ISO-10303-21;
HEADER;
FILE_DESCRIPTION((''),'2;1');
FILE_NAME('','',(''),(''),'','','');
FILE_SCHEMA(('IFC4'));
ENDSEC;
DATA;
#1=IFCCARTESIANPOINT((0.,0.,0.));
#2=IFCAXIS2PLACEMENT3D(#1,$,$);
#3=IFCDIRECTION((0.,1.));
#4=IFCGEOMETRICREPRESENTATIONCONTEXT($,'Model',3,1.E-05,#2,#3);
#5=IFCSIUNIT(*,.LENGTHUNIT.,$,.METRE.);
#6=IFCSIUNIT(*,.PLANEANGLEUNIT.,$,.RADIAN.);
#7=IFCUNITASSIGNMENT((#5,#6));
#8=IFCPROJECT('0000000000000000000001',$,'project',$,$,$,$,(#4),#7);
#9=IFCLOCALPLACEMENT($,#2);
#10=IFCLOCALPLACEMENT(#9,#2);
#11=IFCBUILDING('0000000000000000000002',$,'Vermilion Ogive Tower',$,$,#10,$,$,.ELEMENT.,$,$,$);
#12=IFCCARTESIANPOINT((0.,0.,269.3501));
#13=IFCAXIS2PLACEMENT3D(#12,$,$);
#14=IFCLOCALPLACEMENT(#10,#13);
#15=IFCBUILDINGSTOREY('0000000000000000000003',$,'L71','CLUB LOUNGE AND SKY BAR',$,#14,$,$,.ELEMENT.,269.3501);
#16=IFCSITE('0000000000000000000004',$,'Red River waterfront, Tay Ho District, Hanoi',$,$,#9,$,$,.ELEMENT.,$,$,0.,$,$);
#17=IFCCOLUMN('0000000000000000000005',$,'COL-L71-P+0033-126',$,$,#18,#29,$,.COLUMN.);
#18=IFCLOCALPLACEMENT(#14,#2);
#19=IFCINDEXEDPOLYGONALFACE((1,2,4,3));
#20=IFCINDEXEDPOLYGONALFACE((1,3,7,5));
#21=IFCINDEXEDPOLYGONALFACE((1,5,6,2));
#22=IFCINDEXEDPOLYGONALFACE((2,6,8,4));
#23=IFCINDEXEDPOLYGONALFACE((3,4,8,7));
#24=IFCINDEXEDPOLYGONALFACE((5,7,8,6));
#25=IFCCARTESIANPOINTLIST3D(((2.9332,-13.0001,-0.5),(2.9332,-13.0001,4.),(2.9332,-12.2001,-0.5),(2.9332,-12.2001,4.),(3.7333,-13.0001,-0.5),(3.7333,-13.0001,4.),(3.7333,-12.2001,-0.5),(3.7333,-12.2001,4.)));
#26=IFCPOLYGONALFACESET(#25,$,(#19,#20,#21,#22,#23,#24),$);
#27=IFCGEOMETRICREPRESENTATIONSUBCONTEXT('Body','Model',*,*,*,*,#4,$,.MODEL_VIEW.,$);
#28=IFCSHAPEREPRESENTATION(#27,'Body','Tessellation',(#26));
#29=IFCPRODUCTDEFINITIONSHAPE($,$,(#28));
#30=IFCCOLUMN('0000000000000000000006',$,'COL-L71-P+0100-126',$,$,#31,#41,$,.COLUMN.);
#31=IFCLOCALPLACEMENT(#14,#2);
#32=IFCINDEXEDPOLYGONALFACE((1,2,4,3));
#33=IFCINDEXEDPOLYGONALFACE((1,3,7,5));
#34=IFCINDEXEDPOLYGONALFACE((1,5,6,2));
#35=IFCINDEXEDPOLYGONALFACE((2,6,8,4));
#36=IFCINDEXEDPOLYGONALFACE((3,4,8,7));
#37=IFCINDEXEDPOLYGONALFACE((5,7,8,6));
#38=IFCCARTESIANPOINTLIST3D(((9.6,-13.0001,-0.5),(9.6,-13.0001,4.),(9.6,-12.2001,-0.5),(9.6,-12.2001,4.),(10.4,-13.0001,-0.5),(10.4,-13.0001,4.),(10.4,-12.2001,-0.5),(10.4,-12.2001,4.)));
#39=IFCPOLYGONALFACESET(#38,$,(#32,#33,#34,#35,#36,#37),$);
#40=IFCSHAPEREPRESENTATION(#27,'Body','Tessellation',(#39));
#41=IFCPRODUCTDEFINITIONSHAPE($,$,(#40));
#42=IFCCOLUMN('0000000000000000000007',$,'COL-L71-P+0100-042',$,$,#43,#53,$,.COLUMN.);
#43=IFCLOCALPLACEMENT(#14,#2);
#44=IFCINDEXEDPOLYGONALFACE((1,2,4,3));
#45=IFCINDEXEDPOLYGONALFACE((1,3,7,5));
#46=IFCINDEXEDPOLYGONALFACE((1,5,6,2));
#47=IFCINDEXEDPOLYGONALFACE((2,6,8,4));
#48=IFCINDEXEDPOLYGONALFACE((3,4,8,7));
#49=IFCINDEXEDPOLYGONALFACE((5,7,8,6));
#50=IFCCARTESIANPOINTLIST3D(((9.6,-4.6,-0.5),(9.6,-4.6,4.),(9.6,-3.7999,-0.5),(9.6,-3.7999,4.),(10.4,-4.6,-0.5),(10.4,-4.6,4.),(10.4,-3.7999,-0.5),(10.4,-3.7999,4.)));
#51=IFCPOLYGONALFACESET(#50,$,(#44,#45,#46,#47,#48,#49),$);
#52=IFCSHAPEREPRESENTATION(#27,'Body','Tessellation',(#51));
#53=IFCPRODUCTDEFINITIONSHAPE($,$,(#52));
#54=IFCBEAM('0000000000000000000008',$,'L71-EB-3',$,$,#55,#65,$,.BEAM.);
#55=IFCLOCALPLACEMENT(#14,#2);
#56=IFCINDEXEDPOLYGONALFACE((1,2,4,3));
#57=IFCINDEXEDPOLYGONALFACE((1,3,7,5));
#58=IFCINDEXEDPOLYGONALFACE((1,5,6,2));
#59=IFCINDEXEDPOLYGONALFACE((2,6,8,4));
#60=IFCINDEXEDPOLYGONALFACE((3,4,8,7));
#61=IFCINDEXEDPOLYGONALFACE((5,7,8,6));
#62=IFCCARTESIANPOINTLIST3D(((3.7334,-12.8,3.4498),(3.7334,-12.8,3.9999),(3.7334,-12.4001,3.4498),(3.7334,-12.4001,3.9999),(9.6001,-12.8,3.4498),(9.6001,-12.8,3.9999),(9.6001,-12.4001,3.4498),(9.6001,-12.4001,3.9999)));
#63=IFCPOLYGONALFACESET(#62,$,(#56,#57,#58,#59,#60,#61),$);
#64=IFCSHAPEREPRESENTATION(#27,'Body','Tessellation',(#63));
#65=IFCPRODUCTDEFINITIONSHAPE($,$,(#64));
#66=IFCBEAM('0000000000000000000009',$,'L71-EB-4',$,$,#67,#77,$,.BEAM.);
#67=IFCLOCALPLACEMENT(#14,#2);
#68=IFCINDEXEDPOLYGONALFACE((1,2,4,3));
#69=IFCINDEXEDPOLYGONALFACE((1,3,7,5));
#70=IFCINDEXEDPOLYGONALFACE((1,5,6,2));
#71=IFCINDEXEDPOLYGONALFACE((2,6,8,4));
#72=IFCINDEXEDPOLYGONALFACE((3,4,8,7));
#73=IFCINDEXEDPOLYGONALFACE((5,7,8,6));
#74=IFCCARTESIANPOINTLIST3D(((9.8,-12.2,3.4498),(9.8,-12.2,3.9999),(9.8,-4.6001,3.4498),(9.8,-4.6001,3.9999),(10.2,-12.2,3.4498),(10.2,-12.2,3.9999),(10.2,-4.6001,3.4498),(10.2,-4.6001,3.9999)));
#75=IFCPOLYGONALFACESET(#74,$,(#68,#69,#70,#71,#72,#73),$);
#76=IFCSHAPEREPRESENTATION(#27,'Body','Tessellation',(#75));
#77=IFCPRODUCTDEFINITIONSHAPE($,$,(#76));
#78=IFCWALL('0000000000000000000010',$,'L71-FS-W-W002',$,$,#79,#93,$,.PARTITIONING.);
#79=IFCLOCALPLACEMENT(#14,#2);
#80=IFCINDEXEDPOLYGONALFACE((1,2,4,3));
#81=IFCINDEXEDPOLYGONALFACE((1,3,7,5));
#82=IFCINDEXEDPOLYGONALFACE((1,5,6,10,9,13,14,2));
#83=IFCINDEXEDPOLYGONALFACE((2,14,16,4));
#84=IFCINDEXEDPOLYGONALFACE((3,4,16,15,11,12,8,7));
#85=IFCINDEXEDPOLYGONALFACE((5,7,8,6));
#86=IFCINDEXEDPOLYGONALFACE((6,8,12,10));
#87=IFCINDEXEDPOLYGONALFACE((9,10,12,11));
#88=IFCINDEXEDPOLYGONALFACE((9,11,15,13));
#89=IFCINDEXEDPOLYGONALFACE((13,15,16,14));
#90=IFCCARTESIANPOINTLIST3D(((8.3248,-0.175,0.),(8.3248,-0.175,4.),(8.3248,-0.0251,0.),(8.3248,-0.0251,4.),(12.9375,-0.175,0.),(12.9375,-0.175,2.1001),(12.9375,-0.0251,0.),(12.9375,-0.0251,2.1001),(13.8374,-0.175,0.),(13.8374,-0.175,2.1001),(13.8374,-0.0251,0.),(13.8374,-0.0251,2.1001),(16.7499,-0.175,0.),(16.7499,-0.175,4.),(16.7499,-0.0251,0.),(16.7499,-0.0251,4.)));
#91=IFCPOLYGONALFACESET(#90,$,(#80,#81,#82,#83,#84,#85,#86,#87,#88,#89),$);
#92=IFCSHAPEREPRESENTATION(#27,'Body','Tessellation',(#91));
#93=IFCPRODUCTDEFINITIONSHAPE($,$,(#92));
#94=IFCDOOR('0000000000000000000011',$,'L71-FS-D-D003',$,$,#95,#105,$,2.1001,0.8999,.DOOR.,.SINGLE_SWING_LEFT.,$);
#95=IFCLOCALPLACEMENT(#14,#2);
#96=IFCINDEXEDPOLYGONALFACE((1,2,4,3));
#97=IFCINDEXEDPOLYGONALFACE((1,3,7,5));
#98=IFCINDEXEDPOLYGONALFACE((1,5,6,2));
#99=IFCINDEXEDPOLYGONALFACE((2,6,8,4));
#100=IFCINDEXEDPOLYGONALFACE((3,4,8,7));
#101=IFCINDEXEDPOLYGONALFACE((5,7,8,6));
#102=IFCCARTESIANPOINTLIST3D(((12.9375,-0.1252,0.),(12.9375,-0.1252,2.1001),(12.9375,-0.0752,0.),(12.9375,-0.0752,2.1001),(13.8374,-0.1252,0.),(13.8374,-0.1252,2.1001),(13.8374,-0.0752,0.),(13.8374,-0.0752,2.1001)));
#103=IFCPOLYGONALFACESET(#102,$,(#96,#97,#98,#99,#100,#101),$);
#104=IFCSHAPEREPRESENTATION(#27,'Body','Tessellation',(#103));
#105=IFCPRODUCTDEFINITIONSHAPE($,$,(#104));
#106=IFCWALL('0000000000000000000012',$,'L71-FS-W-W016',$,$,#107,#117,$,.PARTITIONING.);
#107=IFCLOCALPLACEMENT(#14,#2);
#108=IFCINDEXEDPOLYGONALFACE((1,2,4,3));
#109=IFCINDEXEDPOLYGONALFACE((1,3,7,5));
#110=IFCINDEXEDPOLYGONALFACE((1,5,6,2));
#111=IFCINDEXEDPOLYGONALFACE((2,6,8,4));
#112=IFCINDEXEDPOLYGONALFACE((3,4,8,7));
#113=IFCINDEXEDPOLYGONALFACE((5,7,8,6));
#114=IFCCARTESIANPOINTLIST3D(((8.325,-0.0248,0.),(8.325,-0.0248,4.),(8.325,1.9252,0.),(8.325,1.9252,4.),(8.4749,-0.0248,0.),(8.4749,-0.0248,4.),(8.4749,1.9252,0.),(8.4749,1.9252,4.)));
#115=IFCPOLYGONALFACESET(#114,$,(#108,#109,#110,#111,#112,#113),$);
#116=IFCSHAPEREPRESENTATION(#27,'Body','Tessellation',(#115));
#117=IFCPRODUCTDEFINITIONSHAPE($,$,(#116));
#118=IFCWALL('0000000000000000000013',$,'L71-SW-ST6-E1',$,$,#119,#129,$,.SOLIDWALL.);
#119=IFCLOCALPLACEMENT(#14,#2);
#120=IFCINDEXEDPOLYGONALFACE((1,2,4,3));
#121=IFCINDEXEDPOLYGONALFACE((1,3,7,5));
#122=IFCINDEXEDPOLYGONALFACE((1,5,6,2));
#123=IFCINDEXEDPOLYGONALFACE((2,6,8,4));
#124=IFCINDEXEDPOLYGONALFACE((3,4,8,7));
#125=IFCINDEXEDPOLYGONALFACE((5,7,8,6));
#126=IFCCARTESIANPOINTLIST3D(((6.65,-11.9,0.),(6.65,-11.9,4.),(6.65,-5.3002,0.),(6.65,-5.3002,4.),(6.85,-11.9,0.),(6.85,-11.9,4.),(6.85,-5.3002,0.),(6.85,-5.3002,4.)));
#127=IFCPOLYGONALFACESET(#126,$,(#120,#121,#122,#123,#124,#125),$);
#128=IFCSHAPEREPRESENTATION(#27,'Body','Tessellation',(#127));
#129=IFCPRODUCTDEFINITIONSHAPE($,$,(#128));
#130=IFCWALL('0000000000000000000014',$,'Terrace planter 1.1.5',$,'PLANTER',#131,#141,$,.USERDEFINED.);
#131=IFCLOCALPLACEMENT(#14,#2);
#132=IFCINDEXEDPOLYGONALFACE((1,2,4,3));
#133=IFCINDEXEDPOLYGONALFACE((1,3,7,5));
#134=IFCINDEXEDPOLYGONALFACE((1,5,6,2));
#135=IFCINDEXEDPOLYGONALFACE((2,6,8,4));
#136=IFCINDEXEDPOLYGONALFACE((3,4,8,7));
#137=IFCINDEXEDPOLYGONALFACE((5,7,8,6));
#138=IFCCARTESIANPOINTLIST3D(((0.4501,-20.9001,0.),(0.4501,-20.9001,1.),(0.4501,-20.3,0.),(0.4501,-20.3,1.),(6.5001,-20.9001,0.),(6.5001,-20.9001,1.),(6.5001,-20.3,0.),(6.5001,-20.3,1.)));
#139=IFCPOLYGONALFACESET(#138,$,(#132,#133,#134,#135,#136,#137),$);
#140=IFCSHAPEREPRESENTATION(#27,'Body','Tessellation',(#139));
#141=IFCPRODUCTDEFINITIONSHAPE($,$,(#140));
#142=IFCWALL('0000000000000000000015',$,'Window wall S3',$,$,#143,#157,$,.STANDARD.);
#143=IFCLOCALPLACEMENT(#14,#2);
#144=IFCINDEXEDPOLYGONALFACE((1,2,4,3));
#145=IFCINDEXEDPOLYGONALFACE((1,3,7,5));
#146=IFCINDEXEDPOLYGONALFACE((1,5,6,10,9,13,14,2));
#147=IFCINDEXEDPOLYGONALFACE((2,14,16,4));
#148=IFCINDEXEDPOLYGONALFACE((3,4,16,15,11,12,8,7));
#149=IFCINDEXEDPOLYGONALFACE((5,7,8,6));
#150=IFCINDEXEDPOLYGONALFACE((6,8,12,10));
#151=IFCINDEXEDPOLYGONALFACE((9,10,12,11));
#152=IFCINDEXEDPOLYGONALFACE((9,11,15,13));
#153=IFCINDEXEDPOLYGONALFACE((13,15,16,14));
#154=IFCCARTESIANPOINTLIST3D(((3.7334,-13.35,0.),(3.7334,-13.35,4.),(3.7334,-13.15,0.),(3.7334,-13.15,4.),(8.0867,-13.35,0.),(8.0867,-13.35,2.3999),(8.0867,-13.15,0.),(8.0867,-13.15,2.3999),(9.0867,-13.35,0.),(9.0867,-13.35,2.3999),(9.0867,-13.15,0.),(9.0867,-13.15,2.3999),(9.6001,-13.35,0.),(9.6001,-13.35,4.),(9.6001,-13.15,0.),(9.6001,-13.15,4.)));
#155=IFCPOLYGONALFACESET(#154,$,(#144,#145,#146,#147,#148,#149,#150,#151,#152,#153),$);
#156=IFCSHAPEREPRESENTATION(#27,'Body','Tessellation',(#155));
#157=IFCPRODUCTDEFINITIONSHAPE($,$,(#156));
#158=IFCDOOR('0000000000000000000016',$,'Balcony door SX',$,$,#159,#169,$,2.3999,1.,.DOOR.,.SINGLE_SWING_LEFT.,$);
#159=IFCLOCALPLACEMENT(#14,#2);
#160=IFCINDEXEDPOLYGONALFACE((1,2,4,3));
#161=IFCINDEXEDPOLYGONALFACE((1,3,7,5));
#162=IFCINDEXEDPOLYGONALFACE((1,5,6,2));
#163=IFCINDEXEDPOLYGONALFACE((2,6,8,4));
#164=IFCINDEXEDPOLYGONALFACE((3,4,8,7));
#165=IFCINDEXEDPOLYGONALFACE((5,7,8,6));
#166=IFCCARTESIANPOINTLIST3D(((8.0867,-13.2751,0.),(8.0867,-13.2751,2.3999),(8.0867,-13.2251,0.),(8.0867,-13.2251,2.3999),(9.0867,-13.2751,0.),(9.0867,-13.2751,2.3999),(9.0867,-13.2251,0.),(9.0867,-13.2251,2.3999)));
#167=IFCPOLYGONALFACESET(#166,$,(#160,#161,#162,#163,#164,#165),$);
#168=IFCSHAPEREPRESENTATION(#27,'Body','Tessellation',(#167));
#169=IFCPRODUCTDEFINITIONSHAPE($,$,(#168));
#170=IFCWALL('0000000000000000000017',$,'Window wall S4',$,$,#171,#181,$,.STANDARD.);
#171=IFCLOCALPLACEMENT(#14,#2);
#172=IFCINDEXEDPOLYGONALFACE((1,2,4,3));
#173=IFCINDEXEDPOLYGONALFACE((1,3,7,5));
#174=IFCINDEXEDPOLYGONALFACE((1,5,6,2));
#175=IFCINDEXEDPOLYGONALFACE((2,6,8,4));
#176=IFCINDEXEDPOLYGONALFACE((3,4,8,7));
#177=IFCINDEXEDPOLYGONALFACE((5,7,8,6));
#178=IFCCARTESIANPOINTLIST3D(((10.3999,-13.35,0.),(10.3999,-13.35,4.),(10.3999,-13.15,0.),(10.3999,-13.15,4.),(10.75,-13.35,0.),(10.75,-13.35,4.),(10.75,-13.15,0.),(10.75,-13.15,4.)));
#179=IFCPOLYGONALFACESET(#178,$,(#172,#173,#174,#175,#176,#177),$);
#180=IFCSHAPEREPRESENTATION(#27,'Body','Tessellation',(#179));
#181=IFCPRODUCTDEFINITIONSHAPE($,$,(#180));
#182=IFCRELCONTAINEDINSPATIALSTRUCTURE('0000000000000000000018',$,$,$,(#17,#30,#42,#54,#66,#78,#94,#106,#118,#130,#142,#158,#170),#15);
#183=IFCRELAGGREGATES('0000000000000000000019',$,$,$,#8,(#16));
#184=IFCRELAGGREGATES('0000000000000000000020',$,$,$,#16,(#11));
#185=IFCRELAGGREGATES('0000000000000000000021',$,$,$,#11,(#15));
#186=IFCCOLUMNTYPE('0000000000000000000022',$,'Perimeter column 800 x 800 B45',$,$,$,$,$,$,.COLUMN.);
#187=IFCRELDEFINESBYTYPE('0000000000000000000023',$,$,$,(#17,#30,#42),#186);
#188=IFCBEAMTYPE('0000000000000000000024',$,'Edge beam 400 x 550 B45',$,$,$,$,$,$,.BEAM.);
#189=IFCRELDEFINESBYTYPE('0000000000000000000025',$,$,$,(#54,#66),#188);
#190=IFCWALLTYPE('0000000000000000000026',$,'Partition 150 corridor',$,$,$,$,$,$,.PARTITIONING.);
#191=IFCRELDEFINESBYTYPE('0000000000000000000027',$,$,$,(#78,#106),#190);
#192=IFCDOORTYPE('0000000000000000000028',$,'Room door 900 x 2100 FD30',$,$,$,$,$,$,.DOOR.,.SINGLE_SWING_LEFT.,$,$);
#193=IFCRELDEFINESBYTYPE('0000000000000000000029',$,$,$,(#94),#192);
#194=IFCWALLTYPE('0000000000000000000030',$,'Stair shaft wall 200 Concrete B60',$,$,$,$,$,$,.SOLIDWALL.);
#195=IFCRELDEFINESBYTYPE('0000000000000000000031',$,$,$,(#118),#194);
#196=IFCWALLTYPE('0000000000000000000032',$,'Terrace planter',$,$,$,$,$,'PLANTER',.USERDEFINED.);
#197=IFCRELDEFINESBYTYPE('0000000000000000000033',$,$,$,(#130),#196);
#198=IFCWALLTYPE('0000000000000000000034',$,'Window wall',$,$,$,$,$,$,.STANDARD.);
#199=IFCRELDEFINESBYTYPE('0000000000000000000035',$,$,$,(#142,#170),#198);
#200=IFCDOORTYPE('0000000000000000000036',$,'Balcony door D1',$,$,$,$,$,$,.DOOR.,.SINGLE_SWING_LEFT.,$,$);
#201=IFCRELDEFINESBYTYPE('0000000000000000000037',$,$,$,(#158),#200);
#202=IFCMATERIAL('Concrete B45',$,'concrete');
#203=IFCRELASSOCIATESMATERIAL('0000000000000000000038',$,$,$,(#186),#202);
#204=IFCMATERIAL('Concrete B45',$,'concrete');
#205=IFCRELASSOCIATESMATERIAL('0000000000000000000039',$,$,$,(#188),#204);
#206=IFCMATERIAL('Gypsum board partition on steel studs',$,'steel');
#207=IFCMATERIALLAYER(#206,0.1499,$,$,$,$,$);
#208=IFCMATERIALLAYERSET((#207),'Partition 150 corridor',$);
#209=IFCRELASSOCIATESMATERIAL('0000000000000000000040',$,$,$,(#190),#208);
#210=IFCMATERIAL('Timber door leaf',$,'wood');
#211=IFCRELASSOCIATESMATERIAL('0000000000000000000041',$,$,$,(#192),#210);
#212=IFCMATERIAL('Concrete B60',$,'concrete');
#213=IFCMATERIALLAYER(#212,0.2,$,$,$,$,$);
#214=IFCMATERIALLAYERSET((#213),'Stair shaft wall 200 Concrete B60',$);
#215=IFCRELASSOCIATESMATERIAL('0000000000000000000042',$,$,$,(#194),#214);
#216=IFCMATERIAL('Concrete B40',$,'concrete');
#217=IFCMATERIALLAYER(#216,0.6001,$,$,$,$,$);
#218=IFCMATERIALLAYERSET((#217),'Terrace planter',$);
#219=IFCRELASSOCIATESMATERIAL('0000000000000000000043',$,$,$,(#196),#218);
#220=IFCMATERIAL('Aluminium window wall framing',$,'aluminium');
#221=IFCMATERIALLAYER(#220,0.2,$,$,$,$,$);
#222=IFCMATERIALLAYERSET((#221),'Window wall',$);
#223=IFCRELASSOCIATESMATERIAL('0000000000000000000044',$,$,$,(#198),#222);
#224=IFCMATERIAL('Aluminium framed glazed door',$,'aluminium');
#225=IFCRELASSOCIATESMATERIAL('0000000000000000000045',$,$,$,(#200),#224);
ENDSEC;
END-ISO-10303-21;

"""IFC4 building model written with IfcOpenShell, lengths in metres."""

from ifc_helpers import new_model, si_unit, direction, frame, frame_2d, origin, origin_2d, place, context, subcontext, project, spatial, rectangle, extrude, material, layer, layer_set, material_profile, profile_set, type_object, element, fill, save


model = new_model("IFC4")

# Units and contexts
model_context = context("Model", 3, precision=1e-05, world=origin(), true_north=direction((0.0, 1.0)))
body_context = subcontext(model_context, "Body", "Model", "MODEL_VIEW")
ifc_project = project(units=[si_unit("LENGTHUNIT", "METRE"), si_unit("PLANEANGLEUNIT", "RADIAN")], contexts=[model_context])

# Site, building, storey
site_placement = place(None, origin())
site = spatial("IfcSite", under=ifc_project, at=site_placement, Name="Red River waterfront, Tay Ho District, Hanoi", CompositionType="ELEMENT", RefElevation=0.0)
building_placement = place(site_placement, origin())
building = spatial("IfcBuilding", under=site, at=building_placement, Name="Vermilion Ogive Tower", CompositionType="ELEMENT")
storey_placement = place(building_placement, frame((0.0, 0.0, 269.3501)))
storey = spatial("IfcBuildingStorey", under=building, at=storey_placement, Name="L71", Description="CLUB LOUNGE AND SKY BAR", CompositionType="ELEMENT", Elevation=269.3501)

# Columns
ifc_material_1 = material(Name="Concrete B45", Category="concrete")
ifc_material_profile_1 = material_profile(ifc_material_1, rectangle(XDim=0.8, YDim=0.8, at=origin_2d()), Name="800 x 800")
ifc_profile_set_1 = profile_set([ifc_material_profile_1], Name="Concrete B45")
column_type = type_object("IfcColumnType", Name="Perimeter column 800 x 800 B45", PredefinedType="COLUMN", material=ifc_profile_set_1)
for number, where, z_axis, x_axis, name in (
    (1, (3.3333, -12.6001, -0.5), (0.0, 0.0, 1.0), (1.0, 0.0, 0.0), "COL-L71-P+0033-126"),
    (2, (10.0, -12.6001, -0.5), (0.0, 0.0, 1.0), (1.0, 0.0, 0.0), "COL-L71-P+0100-126"),
    (3, (10.0, -4.2, -0.5), (0.0, 0.0, 1.0), (1.0, 0.0, 0.0), "COL-L71-P+0100-042"),
):
    element("IfcColumn", number, at=place(storey_placement, frame(where, z_axis=z_axis, x_axis=x_axis)), inside=storey, type_object=column_type, Name=name, PredefinedType="COLUMN", context=body_context, shape_type="SweptSolid", body=[
        extrude(rectangle(XDim=0.8, YDim=0.8, at=origin_2d()), origin(), (0.0, 0.0, 1.0), 4.5),
    ])

# Beams
ifc_material_2 = material(Name="Concrete B45", Category="concrete")
ifc_material_profile_2 = material_profile(ifc_material_2, rectangle(XDim=0.3999, YDim=0.55, at=origin_2d()), Name="400 x 550")
ifc_profile_set_2 = profile_set([ifc_material_profile_2], Name="Concrete B45")
beam_type = type_object("IfcBeamType", Name="Edge beam 400 x 550 B45", PredefinedType="BEAM", material=ifc_profile_set_2)
beam_1_placement = place(storey_placement, frame((3.7334, -12.6001, 3.7249), z_axis=(1.0, 0.0, 0.0), x_axis=(0.0, 1.0, 0.0)))
element("IfcBeam", 4, at=beam_1_placement, inside=storey, type_object=beam_type, Name="L71-EB-3", PredefinedType="BEAM", context=body_context, shape_type="SweptSolid", body=[
    extrude(rectangle(XDim=0.3999, YDim=0.55, at=origin_2d()), origin(), (0.0, 0.0, 1.0), 5.8667),
])
beam_2_placement = place(storey_placement, frame((10.0, -12.2, 3.7249), z_axis=(0.0, 1.0, 0.0), x_axis=(-1.0, 0.0, 0.0)))
element("IfcBeam", 5, at=beam_2_placement, inside=storey, type_object=beam_type, Name="L71-EB-4", PredefinedType="BEAM", context=body_context, shape_type="SweptSolid", body=[
    extrude(rectangle(XDim=0.3999, YDim=0.55, at=origin_2d()), origin(), (0.0, 0.0, 1.0), 7.5999),
])

# Wall, opening, door
ifc_material_3 = material(Name="Gypsum board partition on steel studs", Category="steel")
ifc_layer_1 = layer(ifc_material_3, 0.1499)
ifc_layer_set_1 = layer_set([ifc_layer_1], Name="Partition 150 corridor")
wall_type_1 = type_object("IfcWallType", Name="Partition 150 corridor", PredefinedType="PARTITIONING", material=ifc_layer_set_1)
wall_1_placement = place(storey_placement, frame((8.325, -0.1001, 0.0), z_axis=(0.0, 0.0, 1.0), x_axis=(1.0, 0.0, 0.0)))
wall_1 = element("IfcWall", 6, at=wall_1_placement, inside=storey, type_object=wall_type_1, Name="L71-FS-W-W002", PredefinedType="PARTITIONING", context=body_context, shape_type="SweptSolid", body=[
    extrude(rectangle(XDim=8.425, YDim=0.1499, at=frame_2d((4.2124, 0.0))), origin(), (0.0, 0.0, 1.0), 4.0),
])
opening_1_placement = place(wall_1_placement, frame((4.6125, 0.0, 0.0)))
opening_1 = element("IfcOpeningElement", 7, at=opening_1_placement, cuts=wall_1, PredefinedType="OPENING", context=body_context, shape_type="SweptSolid", body=[
    extrude(rectangle(XDim=0.8999, YDim=2.1001, at=frame_2d((0.45, 1.05))), frame((0.0, 0.085, 0.0), z_axis=(0.0, -1.0, 0.0), x_axis=(1.0, 0.0, 0.0)), (0.0, 0.0, 1.0), 0.1699),
])
ifc_material_4 = material(Name="Timber door leaf", Category="wood")
door_type_1 = type_object("IfcDoorType", Name="Room door 900 x 2100 FD30", OperationType="SINGLE_SWING_LEFT", PredefinedType="DOOR", material=ifc_material_4)
door_1_placement = place(opening_1_placement, origin())
door_1 = element("IfcDoor", 8, at=door_1_placement, inside=storey, type_object=door_type_1, Name="L71-FS-D-D003", OperationType="SINGLE_SWING_LEFT", OverallHeight=2.1001, OverallWidth=0.8999, PredefinedType="DOOR", context=body_context, shape_type="SweptSolid", body=[
    extrude(rectangle(XDim=0.8999, YDim=2.1001, at=frame_2d((0.45, 1.05))), frame((0.0, 0.0249, 0.0), z_axis=(0.0, -1.0, 0.0), x_axis=(1.0, 0.0, 0.0)), (0.0, 0.0, 1.0), 0.05),
])
fill(opening_1, door_1)

# Walls
wall_2_placement = place(storey_placement, frame((8.3999, -0.0249, 0.0), z_axis=(0.0, 0.0, 1.0), x_axis=(0.0, 1.0, 0.0)))
element("IfcWall", 9, at=wall_2_placement, inside=storey, type_object=wall_type_1, Name="L71-FS-W-W016", PredefinedType="PARTITIONING", context=body_context, shape_type="SweptSolid", body=[
    extrude(rectangle(XDim=1.95, YDim=0.1499, at=frame_2d((0.9751, 0.0))), origin(), (0.0, 0.0, 1.0), 4.0),
])
ifc_material_5 = material(Name="Concrete B60", Category="concrete")
ifc_layer_2 = layer(ifc_material_5, 0.2)
ifc_layer_set_2 = layer_set([ifc_layer_2], Name="Stair shaft wall 200 Concrete B60")
wall_type_2 = type_object("IfcWallType", Name="Stair shaft wall 200 Concrete B60", PredefinedType="SOLIDWALL", material=ifc_layer_set_2)
wall_3_placement = place(storey_placement, frame((6.75, -11.8999, 0.0), z_axis=(0.0, 0.0, 1.0), x_axis=(0.0, 1.0, 0.0)))
element("IfcWall", 10, at=wall_3_placement, inside=storey, type_object=wall_type_2, Name="L71-SW-ST6-E1", PredefinedType="SOLIDWALL", context=body_context, shape_type="SweptSolid", body=[
    extrude(rectangle(XDim=6.5999, YDim=0.2, at=frame_2d((3.2998, 0.0))), origin(), (0.0, 0.0, 1.0), 4.0),
])
ifc_material_6 = material(Name="Concrete B40", Category="concrete")
ifc_layer_3 = layer(ifc_material_6, 0.6001)
ifc_layer_set_3 = layer_set([ifc_layer_3], Name="Terrace planter")
wall_type_3 = type_object("IfcWallType", Name="Terrace planter", ElementType="PLANTER", PredefinedType="USERDEFINED", material=ifc_layer_set_3)
wall_4_placement = place(storey_placement, frame((6.5, -20.6001, 0.0), z_axis=(0.0, 0.0, 1.0), x_axis=(-1.0, 0.0, 0.0)))
element("IfcWall", 11, at=wall_4_placement, inside=storey, type_object=wall_type_3, Name="Terrace planter 1.1.5", ObjectType="PLANTER", PredefinedType="USERDEFINED", context=body_context, shape_type="SweptSolid", body=[
    extrude(rectangle(XDim=6.05, YDim=0.6001, at=frame_2d((3.0249, 0.0))), origin(), (0.0, 0.0, 1.0), 1.0),
])

# Wall, opening, door
ifc_material_7 = material(Name="Aluminium window wall framing", Category="aluminium")
ifc_layer_4 = layer(ifc_material_7, 0.2)
ifc_layer_set_4 = layer_set([ifc_layer_4], Name="Window wall")
wall_type_4 = type_object("IfcWallType", Name="Window wall", PredefinedType="STANDARD", material=ifc_layer_set_4)
wall_5_placement = place(storey_placement, frame((3.7334, -13.25, 0.0), z_axis=(0.0, 0.0, 1.0), x_axis=(1.0, 0.0, 0.0)))
wall_5 = element("IfcWall", 12, at=wall_5_placement, inside=storey, type_object=wall_type_4, Name="Window wall S3", PredefinedType="STANDARD", context=body_context, shape_type="SweptSolid", body=[
    extrude(rectangle(XDim=5.8667, YDim=0.2, at=frame_2d((2.9333, 0.0))), origin(), (0.0, 0.0, 1.0), 4.0),
])
opening_2_placement = place(wall_5_placement, frame((4.3533, 0.0, 0.0)))
opening_2 = element("IfcOpeningElement", 13, at=opening_2_placement, cuts=wall_5, PredefinedType="OPENING", context=body_context, shape_type="SweptSolid", body=[
    extrude(rectangle(XDim=1.0, YDim=2.3999, at=frame_2d((0.5, 1.2))), frame((0.0, 0.1099, 0.0), z_axis=(0.0, -1.0, 0.0), x_axis=(1.0, 0.0, 0.0)), (0.0, 0.0, 1.0), 0.22),
])
ifc_material_8 = material(Name="Aluminium framed glazed door", Category="aluminium")
door_type_2 = type_object("IfcDoorType", Name="Balcony door D1", OperationType="SINGLE_SWING_LEFT", PredefinedType="DOOR", material=ifc_material_8)
door_2_placement = place(opening_2_placement, origin())
door_2 = element("IfcDoor", 14, at=door_2_placement, inside=storey, type_object=door_type_2, Name="Balcony door SX", OperationType="SINGLE_SWING_LEFT", OverallHeight=2.3999, OverallWidth=1.0, PredefinedType="DOOR", context=body_context, shape_type="SweptSolid", body=[
    extrude(rectangle(XDim=1.0, YDim=2.3999, at=frame_2d((0.5, 1.2))), frame((0.0, 0.0249, 0.0), z_axis=(0.0, -1.0, 0.0), x_axis=(1.0, 0.0, 0.0)), (0.0, 0.0, 1.0), 0.05),
])
fill(opening_2, door_2)

# Wall
wall_6_placement = place(storey_placement, frame((10.3999, -13.25, 0.0), z_axis=(0.0, 0.0, 1.0), x_axis=(1.0, 0.0, 0.0)))
element("IfcWall", 15, at=wall_6_placement, inside=storey, type_object=wall_type_4, Name="Window wall S4", PredefinedType="STANDARD", context=body_context, shape_type="SweptSolid", body=[
    extrude(rectangle(XDim=0.3501, YDim=0.2, at=frame_2d((0.175, 0.0))), origin(), (0.0, 0.0, 1.0), 4.0),
])

save(model, "model.ifc")
